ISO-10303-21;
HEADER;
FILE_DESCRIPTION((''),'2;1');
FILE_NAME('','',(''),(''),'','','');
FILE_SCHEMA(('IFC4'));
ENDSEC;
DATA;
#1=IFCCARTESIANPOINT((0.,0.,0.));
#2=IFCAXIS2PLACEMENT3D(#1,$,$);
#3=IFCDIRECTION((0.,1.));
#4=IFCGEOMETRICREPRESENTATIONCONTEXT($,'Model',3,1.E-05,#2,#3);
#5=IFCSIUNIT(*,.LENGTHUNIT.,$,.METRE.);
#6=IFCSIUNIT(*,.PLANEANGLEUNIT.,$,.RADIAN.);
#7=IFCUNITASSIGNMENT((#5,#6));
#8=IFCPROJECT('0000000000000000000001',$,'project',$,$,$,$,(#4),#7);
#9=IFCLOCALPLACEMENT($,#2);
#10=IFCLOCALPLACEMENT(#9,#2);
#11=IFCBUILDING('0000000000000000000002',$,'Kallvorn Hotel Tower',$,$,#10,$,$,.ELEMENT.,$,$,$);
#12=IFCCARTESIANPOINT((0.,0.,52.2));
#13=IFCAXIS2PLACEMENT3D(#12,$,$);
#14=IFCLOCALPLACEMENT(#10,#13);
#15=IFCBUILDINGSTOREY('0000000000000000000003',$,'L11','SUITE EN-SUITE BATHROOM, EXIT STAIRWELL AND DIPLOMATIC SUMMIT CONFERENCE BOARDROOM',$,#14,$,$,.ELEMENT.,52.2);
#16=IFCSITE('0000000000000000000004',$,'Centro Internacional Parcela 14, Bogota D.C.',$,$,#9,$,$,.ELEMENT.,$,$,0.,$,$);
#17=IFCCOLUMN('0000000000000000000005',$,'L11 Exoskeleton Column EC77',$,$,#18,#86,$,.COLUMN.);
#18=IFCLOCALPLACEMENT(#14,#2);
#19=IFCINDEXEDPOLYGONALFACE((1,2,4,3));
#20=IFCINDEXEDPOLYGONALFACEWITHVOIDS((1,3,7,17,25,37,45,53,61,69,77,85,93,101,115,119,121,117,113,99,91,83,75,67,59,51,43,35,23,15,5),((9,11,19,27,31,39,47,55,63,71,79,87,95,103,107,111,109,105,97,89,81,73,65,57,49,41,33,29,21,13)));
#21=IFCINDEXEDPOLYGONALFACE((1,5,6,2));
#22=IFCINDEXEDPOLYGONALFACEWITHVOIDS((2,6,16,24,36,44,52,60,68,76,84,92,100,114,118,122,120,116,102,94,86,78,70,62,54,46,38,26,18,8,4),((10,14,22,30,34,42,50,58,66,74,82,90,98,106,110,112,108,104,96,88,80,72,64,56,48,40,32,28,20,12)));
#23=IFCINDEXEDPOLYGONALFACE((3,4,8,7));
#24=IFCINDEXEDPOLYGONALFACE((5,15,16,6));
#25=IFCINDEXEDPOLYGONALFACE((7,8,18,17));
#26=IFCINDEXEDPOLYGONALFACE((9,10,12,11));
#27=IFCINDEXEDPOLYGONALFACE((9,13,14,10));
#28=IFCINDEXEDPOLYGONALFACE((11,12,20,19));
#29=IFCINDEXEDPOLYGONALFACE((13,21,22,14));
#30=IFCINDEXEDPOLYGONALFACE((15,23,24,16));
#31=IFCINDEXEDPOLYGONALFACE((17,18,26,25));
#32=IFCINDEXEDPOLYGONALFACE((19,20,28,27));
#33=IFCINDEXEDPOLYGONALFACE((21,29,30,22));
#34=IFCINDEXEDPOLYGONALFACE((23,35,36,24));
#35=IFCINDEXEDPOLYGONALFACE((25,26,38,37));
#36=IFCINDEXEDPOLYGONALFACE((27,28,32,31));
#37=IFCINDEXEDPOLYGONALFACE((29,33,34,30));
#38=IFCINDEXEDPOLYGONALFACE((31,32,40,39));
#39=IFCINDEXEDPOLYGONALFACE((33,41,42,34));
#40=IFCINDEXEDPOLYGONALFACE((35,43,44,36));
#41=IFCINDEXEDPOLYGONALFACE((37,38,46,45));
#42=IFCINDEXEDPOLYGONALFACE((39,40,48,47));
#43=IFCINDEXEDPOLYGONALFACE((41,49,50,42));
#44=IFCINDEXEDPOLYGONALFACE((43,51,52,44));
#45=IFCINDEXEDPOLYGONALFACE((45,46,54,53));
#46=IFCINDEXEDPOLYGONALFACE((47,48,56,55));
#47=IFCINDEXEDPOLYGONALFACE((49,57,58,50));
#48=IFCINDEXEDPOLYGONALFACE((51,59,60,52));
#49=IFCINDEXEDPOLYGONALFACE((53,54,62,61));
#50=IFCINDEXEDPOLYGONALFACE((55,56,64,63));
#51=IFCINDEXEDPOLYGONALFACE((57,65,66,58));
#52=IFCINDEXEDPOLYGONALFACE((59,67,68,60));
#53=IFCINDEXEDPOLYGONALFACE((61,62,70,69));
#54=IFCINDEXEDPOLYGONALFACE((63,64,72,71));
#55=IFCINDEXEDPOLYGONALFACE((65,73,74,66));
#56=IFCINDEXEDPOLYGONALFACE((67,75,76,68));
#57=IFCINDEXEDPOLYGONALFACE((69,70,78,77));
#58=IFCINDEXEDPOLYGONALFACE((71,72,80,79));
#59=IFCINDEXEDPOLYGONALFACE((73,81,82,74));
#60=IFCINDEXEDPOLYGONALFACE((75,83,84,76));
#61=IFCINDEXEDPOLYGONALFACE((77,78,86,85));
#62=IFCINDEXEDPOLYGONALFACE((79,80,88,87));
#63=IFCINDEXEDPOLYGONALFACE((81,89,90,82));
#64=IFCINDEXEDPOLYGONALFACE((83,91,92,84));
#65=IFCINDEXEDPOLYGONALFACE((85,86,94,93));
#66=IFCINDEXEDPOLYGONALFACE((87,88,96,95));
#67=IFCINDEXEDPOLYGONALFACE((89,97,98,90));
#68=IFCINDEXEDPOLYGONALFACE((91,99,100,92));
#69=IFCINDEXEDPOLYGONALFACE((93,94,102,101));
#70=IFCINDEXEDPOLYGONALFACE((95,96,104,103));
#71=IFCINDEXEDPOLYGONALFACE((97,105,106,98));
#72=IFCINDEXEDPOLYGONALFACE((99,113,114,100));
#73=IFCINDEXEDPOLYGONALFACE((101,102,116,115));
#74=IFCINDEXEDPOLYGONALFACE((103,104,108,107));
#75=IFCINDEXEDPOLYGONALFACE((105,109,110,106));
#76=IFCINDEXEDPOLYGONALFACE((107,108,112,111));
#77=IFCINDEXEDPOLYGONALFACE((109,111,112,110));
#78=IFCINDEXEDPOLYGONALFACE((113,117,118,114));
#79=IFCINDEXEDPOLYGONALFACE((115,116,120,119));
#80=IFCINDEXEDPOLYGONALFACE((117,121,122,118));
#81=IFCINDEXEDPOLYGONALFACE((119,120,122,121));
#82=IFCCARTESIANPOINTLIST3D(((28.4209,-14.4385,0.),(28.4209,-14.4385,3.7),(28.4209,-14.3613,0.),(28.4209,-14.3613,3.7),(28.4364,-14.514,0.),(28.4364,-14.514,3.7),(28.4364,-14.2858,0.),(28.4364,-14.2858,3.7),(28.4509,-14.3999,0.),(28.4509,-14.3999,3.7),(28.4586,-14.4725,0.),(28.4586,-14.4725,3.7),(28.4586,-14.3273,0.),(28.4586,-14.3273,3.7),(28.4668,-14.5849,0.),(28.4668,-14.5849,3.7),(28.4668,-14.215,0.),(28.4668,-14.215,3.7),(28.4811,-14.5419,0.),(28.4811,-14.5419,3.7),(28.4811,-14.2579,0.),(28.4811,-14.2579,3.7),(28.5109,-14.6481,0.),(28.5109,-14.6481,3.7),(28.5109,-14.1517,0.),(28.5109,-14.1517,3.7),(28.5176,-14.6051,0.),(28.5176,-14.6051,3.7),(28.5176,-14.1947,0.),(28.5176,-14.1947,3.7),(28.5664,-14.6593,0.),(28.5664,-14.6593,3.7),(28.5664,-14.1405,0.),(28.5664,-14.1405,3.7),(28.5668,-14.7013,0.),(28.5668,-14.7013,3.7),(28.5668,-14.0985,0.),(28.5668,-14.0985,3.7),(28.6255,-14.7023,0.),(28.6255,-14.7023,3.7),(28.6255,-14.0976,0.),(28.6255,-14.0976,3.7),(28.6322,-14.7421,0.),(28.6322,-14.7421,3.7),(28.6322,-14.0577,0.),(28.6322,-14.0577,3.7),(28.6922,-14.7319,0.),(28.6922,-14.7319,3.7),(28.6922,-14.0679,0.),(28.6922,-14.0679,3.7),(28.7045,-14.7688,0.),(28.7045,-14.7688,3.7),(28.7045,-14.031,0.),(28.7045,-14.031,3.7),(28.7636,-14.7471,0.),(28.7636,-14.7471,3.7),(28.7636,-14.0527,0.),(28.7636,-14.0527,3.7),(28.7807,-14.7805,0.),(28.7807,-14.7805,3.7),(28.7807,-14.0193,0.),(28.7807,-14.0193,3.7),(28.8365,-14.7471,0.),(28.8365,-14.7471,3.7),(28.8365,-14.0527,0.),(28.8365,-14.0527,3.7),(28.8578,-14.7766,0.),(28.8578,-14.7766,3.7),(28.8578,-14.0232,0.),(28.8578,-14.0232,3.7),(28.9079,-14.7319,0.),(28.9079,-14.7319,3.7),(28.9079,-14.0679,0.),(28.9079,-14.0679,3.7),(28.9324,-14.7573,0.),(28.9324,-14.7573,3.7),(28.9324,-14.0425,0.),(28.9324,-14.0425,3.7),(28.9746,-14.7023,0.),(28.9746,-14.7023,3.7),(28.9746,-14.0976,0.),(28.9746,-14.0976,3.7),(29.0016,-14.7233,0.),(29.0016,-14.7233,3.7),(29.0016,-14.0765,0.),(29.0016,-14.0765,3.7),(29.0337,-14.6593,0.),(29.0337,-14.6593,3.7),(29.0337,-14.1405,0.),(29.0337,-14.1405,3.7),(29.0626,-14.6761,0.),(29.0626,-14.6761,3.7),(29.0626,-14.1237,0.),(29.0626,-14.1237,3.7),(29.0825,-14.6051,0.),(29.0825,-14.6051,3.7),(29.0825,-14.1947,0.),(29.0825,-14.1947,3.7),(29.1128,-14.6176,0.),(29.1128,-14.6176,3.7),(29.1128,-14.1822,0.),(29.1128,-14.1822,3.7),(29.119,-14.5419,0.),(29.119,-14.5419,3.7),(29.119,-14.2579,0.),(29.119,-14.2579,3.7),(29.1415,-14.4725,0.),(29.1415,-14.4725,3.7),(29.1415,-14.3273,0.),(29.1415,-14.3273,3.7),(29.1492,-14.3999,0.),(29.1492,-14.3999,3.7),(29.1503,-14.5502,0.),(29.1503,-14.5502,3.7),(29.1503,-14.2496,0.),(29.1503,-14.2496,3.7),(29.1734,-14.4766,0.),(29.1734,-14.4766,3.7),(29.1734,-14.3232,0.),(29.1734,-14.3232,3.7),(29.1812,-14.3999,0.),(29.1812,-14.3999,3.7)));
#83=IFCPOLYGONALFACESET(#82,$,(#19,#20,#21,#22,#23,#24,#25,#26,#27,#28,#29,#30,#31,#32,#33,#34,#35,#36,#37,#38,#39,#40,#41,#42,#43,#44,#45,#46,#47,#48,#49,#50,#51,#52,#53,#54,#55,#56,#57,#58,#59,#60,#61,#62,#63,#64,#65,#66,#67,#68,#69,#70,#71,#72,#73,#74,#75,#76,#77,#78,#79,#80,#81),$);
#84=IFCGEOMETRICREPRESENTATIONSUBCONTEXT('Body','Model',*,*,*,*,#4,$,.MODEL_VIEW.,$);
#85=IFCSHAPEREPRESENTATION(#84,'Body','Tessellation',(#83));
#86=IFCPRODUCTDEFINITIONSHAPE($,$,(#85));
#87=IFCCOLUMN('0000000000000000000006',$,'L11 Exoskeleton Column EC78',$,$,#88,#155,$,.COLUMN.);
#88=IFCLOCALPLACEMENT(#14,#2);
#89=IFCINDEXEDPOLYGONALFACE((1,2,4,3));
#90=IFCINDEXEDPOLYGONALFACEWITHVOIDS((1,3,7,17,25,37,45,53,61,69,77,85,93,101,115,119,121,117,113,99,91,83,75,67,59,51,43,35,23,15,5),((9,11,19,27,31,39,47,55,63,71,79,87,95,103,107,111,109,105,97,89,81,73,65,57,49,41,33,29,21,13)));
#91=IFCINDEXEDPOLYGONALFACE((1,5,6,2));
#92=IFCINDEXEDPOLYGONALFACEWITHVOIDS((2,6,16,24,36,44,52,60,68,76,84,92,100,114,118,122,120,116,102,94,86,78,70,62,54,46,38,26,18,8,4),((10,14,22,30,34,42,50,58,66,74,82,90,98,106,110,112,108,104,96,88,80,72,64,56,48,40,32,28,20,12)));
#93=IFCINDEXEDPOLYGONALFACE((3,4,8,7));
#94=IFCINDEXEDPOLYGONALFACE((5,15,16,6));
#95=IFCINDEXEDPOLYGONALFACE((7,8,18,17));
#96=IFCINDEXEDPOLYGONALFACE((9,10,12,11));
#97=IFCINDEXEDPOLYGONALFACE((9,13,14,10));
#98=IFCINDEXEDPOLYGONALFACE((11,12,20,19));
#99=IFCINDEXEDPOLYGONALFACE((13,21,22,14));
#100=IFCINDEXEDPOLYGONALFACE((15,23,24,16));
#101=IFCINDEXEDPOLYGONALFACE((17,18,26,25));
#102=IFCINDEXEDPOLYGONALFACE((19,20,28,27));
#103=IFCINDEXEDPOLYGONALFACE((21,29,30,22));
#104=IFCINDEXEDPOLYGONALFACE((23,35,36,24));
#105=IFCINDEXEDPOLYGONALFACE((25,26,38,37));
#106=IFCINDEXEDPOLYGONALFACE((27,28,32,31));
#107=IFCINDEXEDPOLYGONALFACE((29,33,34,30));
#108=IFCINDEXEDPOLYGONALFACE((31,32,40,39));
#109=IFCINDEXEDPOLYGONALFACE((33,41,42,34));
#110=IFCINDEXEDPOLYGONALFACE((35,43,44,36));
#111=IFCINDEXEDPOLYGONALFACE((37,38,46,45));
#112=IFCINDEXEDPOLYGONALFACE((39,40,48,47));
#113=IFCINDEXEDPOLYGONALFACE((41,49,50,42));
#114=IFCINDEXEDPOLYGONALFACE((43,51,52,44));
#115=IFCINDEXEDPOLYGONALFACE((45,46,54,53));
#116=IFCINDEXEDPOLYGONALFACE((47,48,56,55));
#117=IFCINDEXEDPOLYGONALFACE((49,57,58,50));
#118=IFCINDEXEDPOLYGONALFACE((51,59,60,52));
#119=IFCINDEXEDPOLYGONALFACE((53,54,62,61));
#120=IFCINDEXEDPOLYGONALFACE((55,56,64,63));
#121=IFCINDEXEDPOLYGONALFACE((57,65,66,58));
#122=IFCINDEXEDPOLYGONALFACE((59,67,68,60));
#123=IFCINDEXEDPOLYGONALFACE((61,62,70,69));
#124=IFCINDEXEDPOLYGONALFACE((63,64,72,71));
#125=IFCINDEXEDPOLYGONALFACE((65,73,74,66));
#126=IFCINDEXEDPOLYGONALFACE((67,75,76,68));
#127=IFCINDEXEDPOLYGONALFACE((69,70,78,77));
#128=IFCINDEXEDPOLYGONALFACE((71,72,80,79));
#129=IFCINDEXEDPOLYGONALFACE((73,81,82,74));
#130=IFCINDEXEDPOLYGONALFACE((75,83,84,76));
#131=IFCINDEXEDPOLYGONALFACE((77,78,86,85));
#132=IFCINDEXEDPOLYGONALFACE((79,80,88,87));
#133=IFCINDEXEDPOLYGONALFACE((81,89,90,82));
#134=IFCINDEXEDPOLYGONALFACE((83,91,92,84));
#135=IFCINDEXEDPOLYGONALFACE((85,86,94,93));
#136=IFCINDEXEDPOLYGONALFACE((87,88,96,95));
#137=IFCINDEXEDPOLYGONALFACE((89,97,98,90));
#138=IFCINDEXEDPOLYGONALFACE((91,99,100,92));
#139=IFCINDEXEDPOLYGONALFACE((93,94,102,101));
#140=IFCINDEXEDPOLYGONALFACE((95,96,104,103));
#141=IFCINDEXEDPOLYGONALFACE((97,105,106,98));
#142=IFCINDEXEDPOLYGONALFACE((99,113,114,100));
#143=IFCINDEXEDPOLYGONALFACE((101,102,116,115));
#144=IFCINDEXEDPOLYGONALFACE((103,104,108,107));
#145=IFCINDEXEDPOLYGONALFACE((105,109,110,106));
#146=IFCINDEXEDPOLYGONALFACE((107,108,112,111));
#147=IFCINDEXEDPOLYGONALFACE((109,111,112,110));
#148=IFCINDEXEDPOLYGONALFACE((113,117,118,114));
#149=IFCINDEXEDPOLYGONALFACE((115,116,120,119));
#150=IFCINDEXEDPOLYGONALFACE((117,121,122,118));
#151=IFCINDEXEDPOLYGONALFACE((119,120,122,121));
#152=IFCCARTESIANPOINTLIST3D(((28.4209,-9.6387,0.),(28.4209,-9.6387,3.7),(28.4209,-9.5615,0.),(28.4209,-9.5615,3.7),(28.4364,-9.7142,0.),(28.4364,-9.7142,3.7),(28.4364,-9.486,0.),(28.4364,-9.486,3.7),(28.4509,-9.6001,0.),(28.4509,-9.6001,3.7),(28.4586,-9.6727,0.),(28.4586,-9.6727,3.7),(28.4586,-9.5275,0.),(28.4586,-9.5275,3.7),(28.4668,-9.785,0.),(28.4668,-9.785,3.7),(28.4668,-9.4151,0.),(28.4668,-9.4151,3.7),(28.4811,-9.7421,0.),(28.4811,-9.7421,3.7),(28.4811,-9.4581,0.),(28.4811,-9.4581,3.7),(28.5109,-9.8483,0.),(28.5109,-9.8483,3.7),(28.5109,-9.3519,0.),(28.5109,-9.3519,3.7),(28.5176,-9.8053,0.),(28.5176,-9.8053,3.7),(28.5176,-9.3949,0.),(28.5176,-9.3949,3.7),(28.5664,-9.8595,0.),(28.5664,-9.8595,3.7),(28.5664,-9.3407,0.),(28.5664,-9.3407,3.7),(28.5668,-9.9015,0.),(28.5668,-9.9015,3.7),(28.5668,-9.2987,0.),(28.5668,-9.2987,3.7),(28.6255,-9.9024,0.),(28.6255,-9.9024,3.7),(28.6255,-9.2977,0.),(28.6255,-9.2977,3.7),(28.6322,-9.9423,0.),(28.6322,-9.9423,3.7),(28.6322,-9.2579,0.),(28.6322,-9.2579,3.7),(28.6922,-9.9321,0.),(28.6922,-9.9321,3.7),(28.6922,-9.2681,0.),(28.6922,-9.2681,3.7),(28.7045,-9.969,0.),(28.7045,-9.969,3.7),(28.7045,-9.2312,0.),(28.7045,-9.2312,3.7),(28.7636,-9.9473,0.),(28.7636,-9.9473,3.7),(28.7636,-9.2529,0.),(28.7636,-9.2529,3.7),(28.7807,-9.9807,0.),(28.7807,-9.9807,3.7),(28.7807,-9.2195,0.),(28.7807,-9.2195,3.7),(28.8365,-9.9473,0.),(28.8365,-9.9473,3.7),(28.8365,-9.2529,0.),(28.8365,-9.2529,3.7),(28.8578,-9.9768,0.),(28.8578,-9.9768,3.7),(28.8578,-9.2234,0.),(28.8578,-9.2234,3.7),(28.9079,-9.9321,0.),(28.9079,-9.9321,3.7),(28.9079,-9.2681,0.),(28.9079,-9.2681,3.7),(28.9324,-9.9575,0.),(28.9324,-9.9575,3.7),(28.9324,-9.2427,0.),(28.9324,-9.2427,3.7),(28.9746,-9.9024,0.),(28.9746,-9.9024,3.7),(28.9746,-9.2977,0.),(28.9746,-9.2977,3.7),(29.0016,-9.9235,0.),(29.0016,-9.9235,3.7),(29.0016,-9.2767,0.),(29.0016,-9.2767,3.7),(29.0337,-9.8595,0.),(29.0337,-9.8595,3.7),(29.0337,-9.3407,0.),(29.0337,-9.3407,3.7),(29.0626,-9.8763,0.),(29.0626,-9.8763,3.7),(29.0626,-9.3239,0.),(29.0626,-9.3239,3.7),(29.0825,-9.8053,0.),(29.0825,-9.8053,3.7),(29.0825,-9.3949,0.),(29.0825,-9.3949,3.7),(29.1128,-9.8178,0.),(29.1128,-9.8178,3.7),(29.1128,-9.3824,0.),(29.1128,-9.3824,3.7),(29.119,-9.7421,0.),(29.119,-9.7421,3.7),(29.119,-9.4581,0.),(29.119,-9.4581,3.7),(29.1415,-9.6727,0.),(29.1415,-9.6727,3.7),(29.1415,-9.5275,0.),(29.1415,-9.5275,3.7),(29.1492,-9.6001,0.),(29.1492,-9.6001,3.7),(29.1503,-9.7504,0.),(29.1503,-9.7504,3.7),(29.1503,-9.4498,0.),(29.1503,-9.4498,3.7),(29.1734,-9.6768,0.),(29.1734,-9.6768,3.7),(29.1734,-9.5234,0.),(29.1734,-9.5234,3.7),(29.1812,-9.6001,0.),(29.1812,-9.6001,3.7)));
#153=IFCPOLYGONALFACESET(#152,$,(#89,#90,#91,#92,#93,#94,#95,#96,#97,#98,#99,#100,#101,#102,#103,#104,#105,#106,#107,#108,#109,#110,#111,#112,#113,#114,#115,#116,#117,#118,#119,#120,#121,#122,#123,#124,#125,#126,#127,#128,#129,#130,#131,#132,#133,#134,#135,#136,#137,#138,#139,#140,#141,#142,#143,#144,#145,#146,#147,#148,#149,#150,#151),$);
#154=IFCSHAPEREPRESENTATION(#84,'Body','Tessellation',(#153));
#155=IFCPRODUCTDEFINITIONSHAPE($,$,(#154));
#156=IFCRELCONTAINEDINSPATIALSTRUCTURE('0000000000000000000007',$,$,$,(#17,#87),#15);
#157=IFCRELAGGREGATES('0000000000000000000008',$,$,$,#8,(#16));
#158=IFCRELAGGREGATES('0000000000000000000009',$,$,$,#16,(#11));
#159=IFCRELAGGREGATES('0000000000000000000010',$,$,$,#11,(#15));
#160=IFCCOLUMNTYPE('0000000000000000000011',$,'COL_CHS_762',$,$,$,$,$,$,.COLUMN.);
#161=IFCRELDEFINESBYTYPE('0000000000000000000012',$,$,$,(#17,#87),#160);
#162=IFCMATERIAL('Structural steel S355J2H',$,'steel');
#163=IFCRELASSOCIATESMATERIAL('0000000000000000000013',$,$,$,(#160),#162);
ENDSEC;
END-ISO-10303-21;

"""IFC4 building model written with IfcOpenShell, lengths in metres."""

from ifc_helpers import new_model, si_unit, direction, frame, origin, origin_2d, place, context, subcontext, project, spatial, hollow_circle, extrude, material, material_profile, profile_set, type_object, element, save


model = new_model("IFC4")

# Units and contexts
model_context = context("Model", 3, precision=1e-05, world=origin(), true_north=direction((0.0, 1.0)))
body_context = subcontext(model_context, "Body", "Model", "MODEL_VIEW")
ifc_project = project(units=[si_unit("LENGTHUNIT", "METRE"), si_unit("PLANEANGLEUNIT", "RADIAN")], contexts=[model_context])

# Site, building, storey
site_placement = place(None, origin())
site = spatial("IfcSite", under=ifc_project, at=site_placement, Name="Centro Internacional Parcela 14, Bogota D.C.", CompositionType="ELEMENT", RefElevation=0.0)
building_placement = place(site_placement, origin())
building = spatial("IfcBuilding", under=site, at=building_placement, Name="Kallvorn Hotel Tower", CompositionType="ELEMENT")
storey_placement = place(building_placement, frame((0.0, 0.0, 52.2)))
storey = spatial("IfcBuildingStorey", under=building, at=storey_placement, Name="L11", Description="SUITE EN-SUITE BATHROOM, EXIT STAIRWELL AND DIPLOMATIC SUMMIT CONFERENCE BOARDROOM", CompositionType="ELEMENT", Elevation=52.2)

# Columns
ifc_material_1 = material(Name="Structural steel S355J2H", Category="steel")
ifc_material_profile_1 = material_profile(ifc_material_1, hollow_circle(Radius=0.3811, WallThickness=0.032, at=origin_2d()), Name="CHS 762x32")
ifc_profile_set_1 = profile_set([ifc_material_profile_1], Name="Structural steel S355J2H")
column_type_1 = type_object("IfcColumnType", Name="COL_CHS_762", PredefinedType="COLUMN", material=ifc_profile_set_1)
for number, where, z_axis, x_axis, name in (
    (1, (28.8, -14.3999, 0.0), (0.0, 0.0, 1.0), (1.0, 0.0, 0.0), "L11 Exoskeleton Column EC77"),
    (2, (28.8, -9.6001, 0.0), (0.0, 0.0, 1.0), (1.0, 0.0, 0.0), "L11 Exoskeleton Column EC78"),
):
    element("IfcColumn", number, at=place(storey_placement, frame(where, z_axis=z_axis, x_axis=x_axis)), inside=storey, type_object=column_type_1, Name=name, PredefinedType="COLUMN", context=body_context, shape_type="SweptSolid", body=[
        extrude(hollow_circle(Radius=0.3811, WallThickness=0.032, at=origin_2d()), origin(), (0.0, 0.0, 1.0), 3.7),
    ])

save(model, "model.ifc")
